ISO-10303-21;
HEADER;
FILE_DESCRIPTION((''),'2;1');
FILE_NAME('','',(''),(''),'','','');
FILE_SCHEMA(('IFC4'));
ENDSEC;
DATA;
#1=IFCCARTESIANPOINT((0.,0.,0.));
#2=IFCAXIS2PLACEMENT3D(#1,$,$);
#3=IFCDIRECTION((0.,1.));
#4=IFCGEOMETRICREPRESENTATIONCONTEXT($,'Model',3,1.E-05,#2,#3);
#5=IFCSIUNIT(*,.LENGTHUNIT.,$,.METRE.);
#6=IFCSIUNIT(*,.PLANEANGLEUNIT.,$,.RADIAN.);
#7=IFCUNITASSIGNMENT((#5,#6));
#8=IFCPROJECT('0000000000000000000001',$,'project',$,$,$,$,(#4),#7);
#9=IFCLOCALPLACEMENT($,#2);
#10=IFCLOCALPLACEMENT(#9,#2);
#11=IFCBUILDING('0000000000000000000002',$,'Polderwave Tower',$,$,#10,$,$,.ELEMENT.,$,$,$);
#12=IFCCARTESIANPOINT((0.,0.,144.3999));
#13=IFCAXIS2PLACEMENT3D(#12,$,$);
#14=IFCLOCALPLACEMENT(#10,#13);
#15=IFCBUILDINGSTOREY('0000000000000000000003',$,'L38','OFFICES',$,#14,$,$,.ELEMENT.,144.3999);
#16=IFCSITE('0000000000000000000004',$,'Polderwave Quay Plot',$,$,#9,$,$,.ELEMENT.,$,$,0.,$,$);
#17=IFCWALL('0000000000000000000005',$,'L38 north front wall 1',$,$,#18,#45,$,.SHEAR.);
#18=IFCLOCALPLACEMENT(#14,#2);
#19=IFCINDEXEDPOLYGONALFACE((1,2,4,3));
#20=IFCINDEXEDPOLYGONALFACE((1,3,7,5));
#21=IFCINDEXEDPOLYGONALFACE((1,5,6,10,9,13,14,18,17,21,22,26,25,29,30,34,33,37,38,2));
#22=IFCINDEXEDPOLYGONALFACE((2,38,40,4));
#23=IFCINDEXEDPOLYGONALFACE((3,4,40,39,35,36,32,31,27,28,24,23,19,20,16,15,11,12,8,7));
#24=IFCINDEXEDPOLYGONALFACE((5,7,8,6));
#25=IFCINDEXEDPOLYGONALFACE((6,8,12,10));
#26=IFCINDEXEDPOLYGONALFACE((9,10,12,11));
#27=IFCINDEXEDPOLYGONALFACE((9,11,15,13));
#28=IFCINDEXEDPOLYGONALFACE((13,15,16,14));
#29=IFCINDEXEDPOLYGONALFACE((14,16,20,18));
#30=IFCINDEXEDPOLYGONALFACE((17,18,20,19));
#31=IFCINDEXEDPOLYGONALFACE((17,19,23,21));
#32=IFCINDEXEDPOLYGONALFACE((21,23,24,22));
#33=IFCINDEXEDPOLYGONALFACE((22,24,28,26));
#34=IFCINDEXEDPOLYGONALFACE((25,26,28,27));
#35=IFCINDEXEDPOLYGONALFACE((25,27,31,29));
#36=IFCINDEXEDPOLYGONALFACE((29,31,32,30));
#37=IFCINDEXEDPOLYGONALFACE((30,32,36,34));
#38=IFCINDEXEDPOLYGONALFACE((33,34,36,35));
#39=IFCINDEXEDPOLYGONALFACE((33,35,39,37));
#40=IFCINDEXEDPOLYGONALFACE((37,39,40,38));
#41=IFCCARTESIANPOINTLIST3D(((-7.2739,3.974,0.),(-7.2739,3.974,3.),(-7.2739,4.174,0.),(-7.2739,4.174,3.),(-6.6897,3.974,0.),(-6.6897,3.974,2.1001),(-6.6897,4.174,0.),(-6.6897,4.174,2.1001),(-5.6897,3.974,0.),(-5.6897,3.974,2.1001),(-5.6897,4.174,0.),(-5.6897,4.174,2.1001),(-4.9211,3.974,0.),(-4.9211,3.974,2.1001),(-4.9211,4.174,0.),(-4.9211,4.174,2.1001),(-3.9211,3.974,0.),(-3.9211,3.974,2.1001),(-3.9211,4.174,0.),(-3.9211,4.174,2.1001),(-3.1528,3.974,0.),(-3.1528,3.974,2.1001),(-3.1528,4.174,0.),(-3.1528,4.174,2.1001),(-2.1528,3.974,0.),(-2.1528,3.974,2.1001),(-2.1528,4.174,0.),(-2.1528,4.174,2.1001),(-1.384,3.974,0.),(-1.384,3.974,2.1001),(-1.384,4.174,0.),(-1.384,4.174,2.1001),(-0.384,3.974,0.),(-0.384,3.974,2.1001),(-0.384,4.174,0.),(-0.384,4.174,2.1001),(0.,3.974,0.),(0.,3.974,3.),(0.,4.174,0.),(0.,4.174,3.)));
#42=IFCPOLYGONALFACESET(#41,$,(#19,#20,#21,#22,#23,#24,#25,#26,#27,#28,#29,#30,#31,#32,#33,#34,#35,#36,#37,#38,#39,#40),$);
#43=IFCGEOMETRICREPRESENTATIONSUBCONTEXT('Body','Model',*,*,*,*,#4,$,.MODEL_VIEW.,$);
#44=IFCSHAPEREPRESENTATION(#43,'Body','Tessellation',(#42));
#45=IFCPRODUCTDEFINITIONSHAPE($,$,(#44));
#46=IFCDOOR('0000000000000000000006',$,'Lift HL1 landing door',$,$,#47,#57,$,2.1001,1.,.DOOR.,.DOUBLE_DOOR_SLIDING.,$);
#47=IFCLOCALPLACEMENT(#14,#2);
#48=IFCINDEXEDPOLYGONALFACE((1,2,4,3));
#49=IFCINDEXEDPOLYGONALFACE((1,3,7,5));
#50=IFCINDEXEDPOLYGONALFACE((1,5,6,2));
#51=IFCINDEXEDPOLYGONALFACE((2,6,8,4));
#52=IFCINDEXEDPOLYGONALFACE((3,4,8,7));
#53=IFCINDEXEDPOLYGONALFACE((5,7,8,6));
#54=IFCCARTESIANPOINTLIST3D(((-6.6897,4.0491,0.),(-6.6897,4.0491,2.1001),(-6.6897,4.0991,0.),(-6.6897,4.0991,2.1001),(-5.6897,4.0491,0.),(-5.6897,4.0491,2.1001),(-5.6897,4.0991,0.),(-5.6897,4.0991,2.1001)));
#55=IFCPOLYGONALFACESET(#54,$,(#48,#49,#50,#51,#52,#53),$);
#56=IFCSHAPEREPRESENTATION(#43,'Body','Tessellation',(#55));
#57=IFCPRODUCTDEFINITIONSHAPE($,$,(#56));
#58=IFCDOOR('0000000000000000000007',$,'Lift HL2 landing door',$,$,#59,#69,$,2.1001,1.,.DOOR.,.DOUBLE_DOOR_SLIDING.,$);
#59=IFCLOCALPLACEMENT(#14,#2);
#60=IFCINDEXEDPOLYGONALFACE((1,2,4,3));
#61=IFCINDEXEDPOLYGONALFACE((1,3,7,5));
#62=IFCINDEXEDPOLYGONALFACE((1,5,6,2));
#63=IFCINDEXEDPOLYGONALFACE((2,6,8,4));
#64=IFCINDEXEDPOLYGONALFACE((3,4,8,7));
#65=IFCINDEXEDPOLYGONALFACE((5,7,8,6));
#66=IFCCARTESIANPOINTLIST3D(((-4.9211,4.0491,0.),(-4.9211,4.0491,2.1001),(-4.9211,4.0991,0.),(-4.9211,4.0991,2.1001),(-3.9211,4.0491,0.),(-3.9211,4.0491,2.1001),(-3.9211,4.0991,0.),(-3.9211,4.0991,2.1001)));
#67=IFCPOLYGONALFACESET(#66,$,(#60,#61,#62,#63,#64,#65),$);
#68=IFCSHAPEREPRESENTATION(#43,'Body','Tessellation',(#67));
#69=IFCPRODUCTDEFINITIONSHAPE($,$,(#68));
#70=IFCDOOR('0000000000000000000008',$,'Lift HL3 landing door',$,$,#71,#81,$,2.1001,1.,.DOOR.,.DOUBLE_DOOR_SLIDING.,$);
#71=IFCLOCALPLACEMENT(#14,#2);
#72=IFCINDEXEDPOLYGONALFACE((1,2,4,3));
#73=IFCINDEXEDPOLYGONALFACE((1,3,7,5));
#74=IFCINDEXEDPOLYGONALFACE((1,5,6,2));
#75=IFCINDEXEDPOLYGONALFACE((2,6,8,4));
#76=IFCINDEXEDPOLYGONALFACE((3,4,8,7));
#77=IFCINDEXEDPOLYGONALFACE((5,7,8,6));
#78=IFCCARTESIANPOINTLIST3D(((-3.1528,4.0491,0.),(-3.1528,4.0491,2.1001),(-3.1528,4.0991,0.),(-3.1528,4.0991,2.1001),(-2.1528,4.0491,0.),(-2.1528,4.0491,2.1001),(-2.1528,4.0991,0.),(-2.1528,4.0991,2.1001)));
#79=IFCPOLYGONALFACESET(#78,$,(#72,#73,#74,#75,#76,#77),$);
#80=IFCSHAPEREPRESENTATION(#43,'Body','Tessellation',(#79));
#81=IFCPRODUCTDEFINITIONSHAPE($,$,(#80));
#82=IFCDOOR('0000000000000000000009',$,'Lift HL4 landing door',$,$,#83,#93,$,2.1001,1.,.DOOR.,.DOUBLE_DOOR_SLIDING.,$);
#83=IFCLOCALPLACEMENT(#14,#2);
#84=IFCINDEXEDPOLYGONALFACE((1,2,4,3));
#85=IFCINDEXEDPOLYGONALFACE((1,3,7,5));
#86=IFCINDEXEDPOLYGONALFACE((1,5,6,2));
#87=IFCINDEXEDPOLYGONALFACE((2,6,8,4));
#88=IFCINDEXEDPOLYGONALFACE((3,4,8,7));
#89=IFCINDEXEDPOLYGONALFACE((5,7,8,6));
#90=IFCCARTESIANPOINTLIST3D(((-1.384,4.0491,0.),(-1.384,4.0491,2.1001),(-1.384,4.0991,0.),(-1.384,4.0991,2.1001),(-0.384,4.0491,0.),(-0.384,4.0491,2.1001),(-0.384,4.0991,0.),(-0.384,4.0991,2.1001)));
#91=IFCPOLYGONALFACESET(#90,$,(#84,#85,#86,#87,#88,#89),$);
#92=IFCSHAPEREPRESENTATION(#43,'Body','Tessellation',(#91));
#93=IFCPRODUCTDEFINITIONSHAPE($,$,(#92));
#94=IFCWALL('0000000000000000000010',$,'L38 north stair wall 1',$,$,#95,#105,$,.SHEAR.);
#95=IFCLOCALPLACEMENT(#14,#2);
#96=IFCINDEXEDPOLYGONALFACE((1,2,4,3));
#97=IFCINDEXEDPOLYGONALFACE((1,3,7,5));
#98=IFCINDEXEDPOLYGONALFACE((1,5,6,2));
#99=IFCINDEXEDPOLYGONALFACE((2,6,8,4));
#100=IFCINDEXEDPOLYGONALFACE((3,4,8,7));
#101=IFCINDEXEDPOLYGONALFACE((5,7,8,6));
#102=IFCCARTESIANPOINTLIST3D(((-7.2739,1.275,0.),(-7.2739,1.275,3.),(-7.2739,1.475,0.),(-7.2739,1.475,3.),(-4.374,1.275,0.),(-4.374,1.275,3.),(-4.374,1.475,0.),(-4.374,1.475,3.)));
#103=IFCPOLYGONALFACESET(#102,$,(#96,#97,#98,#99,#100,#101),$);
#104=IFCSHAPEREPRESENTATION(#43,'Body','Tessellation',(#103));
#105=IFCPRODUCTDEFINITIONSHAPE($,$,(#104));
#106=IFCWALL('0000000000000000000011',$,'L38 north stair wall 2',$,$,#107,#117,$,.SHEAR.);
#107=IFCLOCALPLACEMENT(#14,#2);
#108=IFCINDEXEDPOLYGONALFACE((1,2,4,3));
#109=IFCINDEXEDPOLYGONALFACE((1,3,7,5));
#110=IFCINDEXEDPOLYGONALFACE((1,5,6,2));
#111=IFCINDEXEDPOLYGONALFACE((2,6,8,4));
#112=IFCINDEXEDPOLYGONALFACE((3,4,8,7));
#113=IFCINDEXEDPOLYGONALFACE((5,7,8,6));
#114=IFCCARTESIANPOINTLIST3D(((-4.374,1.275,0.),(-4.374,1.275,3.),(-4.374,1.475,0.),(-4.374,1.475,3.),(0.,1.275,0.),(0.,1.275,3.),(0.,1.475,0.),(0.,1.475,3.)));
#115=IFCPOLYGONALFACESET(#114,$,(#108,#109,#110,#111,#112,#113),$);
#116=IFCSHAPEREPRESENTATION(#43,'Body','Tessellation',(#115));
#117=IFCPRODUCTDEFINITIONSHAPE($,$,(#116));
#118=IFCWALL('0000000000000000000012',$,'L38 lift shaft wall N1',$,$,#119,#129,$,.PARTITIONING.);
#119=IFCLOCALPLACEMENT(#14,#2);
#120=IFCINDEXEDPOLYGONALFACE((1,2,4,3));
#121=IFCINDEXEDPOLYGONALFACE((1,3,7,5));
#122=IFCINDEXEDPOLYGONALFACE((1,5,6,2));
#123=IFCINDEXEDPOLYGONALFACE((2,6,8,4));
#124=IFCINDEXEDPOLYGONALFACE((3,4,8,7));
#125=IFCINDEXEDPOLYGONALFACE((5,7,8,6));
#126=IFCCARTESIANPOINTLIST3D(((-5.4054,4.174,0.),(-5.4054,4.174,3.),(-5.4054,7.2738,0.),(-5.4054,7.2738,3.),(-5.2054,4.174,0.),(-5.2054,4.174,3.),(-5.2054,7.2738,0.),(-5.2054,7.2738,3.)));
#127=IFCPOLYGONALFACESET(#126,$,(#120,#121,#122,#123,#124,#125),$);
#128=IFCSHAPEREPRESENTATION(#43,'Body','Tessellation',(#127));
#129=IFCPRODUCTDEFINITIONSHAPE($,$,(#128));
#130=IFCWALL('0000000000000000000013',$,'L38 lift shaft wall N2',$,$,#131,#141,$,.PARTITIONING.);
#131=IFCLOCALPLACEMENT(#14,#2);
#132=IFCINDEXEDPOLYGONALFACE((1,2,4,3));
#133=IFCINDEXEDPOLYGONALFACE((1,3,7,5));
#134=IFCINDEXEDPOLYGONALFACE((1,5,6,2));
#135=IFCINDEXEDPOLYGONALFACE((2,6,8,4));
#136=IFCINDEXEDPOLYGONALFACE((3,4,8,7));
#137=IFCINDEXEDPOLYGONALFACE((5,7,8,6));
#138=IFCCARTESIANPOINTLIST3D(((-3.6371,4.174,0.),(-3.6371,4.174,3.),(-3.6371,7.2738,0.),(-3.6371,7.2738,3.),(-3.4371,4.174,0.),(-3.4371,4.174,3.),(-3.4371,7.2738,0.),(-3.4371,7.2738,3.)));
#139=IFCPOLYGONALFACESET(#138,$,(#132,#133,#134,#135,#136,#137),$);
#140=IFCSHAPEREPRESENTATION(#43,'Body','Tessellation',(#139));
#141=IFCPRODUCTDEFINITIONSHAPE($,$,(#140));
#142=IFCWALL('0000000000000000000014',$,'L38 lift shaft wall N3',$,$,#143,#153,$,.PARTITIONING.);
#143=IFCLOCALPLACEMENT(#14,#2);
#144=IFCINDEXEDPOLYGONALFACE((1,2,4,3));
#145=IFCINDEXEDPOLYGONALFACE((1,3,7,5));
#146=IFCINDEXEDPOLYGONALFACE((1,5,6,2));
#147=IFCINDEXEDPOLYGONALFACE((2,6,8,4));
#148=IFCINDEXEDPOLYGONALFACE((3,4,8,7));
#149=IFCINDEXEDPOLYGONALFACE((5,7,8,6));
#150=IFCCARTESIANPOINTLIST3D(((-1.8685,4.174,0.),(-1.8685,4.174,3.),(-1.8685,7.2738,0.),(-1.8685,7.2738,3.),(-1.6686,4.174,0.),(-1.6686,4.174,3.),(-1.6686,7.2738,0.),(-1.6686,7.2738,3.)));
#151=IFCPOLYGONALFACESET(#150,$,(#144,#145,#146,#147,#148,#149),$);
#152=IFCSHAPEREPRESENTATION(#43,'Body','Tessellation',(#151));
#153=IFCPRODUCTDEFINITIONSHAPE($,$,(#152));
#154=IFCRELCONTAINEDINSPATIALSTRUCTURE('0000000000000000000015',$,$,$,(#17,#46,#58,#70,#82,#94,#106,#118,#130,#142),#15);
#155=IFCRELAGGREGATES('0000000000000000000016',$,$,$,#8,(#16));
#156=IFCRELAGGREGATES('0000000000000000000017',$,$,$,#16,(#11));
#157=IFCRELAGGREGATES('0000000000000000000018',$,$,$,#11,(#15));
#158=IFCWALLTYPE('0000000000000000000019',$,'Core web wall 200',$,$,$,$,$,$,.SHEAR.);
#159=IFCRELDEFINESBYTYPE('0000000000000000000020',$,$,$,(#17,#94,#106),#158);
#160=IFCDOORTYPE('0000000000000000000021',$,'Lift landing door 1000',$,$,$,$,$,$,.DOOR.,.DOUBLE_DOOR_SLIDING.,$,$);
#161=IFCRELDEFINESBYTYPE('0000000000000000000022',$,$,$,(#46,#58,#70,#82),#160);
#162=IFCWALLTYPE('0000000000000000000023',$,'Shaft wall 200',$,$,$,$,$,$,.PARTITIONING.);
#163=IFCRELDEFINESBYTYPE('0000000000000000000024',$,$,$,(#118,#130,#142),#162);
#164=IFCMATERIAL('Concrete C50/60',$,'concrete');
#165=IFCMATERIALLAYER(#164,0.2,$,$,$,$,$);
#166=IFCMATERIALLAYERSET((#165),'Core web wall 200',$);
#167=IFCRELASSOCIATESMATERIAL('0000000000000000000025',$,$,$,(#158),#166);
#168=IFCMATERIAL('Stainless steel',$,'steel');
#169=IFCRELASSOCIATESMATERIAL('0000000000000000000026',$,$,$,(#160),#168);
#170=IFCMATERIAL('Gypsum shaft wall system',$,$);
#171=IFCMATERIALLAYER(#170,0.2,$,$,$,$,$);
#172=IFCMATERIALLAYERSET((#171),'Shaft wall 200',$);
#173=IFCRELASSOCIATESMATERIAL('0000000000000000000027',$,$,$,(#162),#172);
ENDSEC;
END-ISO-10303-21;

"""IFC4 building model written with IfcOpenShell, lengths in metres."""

from ifc_helpers import new_model, si_unit, direction, frame, frame_2d, origin, place, context, subcontext, project, spatial, rectangle, extrude, material, layer, layer_set, type_object, element, fill, save


model = new_model("IFC4")

# Units and contexts
model_context = context("Model", 3, precision=1e-05, world=origin(), true_north=direction((0.0, 1.0)))
body_context = subcontext(model_context, "Body", "Model", "MODEL_VIEW")
ifc_project = project(units=[si_unit("LENGTHUNIT", "METRE"), si_unit("PLANEANGLEUNIT", "RADIAN")], contexts=[model_context])

# Site, building, storey
site_placement = place(None, origin())
site = spatial("IfcSite", under=ifc_project, at=site_placement, Name="Polderwave Quay Plot", CompositionType="ELEMENT", RefElevation=0.0)
building_placement = place(site_placement, origin())
building = spatial("IfcBuilding", under=site, at=building_placement, Name="Polderwave Tower", CompositionType="ELEMENT")
storey_placement = place(building_placement, frame((0.0, 0.0, 144.3999)))
storey = spatial("IfcBuildingStorey", under=building, at=storey_placement, Name="L38", Description="OFFICES", CompositionType="ELEMENT", Elevation=144.3999)

# Wall, openings, doors
ifc_material_1 = material(Name="Concrete C50/60", Category="concrete")
ifc_layer_1 = layer(ifc_material_1, 0.2)
ifc_layer_set_1 = layer_set([ifc_layer_1], Name="Core web wall 200")
wall_type_1 = type_object("IfcWallType", Name="Core web wall 200", PredefinedType="SHEAR", material=ifc_layer_set_1)
wall_1_placement = place(storey_placement, frame((-7.2739, 4.074, 0.0), z_axis=(0.0, 0.0, 1.0), x_axis=(1.0, 0.0, 0.0)))
wall_1 = element("IfcWall", 1, at=wall_1_placement, inside=storey, type_object=wall_type_1, Name="L38 north front wall 1", PredefinedType="SHEAR", context=body_context, shape_type="SweptSolid", body=[
    extrude(rectangle(XDim=7.2739, YDim=0.2, at=frame_2d((3.637, 0.0))), origin(), (0.0, 0.0, 1.0), 3.0),
])
opening_1_placement = place(wall_1_placement, frame((0.5842, 0.0, 0.0)))
opening_1 = element("IfcOpeningElement", 2, at=opening_1_placement, cuts=wall_1, PredefinedType="OPENING", context=body_context, shape_type="SweptSolid", body=[
    extrude(rectangle(XDim=1.0, YDim=2.1001, at=frame_2d((0.5, 1.05))), frame((0.0, 0.1099, 0.0), z_axis=(0.0, -1.0, 0.0), x_axis=(1.0, 0.0, 0.0)), (0.0, 0.0, 1.0), 0.22),
])
opening_2_placement = place(wall_1_placement, frame((2.3528, 0.0, 0.0)))
opening_2 = element("IfcOpeningElement", 3, at=opening_2_placement, cuts=wall_1, PredefinedType="OPENING", context=body_context, shape_type="SweptSolid", body=[
    extrude(rectangle(XDim=1.0, YDim=2.1001, at=frame_2d((0.5, 1.05))), frame((0.0, 0.1099, 0.0), z_axis=(0.0, -1.0, 0.0), x_axis=(1.0, 0.0, 0.0)), (0.0, 0.0, 1.0), 0.22),
])
opening_3_placement = place(wall_1_placement, frame((4.1211, 0.0, 0.0)))
opening_3 = element("IfcOpeningElement", 4, at=opening_3_placement, cuts=wall_1, PredefinedType="OPENING", context=body_context, shape_type="SweptSolid", body=[
    extrude(rectangle(XDim=1.0, YDim=2.1001, at=frame_2d((0.5, 1.05))), frame((0.0, 0.1099, 0.0), z_axis=(0.0, -1.0, 0.0), x_axis=(1.0, 0.0, 0.0)), (0.0, 0.0, 1.0), 0.22),
])
opening_4_placement = place(wall_1_placement, frame((5.8899, 0.0, 0.0)))
opening_4 = element("IfcOpeningElement", 5, at=opening_4_placement, cuts=wall_1, PredefinedType="OPENING", context=body_context, shape_type="SweptSolid", body=[
    extrude(rectangle(XDim=1.0, YDim=2.1001, at=frame_2d((0.5, 1.05))), frame((0.0, 0.1099, 0.0), z_axis=(0.0, -1.0, 0.0), x_axis=(1.0, 0.0, 0.0)), (0.0, 0.0, 1.0), 0.22),
])
ifc_material_2 = material(Name="Stainless steel", Category="steel")
door_type = type_object("IfcDoorType", Name="Lift landing door 1000", OperationType="DOUBLE_DOOR_SLIDING", PredefinedType="DOOR", material=ifc_material_2)
door_1_placement = place(opening_1_placement, frame((1.0, 0.0, 0.0), z_axis=(0.0, 0.0, 1.0), x_axis=(-1.0, 0.0, 0.0)))
door_1 = element("IfcDoor", 6, at=door_1_placement, inside=storey, type_object=door_type, Name="Lift HL1 landing door", OperationType="DOUBLE_DOOR_SLIDING", OverallHeight=2.1001, OverallWidth=1.0, PredefinedType="DOOR", context=body_context, shape_type="SweptSolid", body=[
    extrude(rectangle(XDim=1.0, YDim=2.1001, at=frame_2d((0.5, 1.05))), frame((0.0, 0.0249, 0.0), z_axis=(0.0, -1.0, 0.0), x_axis=(1.0, 0.0, 0.0)), (0.0, 0.0, 1.0), 0.05),
])
fill(opening_1, door_1)
door_2_placement = place(opening_2_placement, frame((1.0, 0.0, 0.0), z_axis=(0.0, 0.0, 1.0), x_axis=(-1.0, 0.0, 0.0)))
door_2 = element("IfcDoor", 7, at=door_2_placement, inside=storey, type_object=door_type, Name="Lift HL2 landing door", OperationType="DOUBLE_DOOR_SLIDING", OverallHeight=2.1001, OverallWidth=1.0, PredefinedType="DOOR", context=body_context, shape_type="SweptSolid", body=[
    extrude(rectangle(XDim=1.0, YDim=2.1001, at=frame_2d((0.5, 1.05))), frame((0.0, 0.0249, 0.0), z_axis=(0.0, -1.0, 0.0), x_axis=(1.0, 0.0, 0.0)), (0.0, 0.0, 1.0), 0.05),
])
fill(opening_2, door_2)
door_3_placement = place(opening_3_placement, frame((1.0, 0.0, 0.0), z_axis=(0.0, 0.0, 1.0), x_axis=(-1.0, 0.0, 0.0)))
door_3 = element("IfcDoor", 8, at=door_3_placement, inside=storey, type_object=door_type, Name="Lift HL3 landing door", OperationType="DOUBLE_DOOR_SLIDING", OverallHeight=2.1001, OverallWidth=1.0, PredefinedType="DOOR", context=body_context, shape_type="SweptSolid", body=[
    extrude(rectangle(XDim=1.0, YDim=2.1001, at=frame_2d((0.5, 1.05))), frame((0.0, 0.0249, 0.0), z_axis=(0.0, -1.0, 0.0), x_axis=(1.0, 0.0, 0.0)), (0.0, 0.0, 1.0), 0.05),
])
fill(opening_3, door_3)
door_4_placement = place(opening_4_placement, frame((1.0, 0.0, 0.0), z_axis=(0.0, 0.0, 1.0), x_axis=(-1.0, 0.0, 0.0)))
door_4 = element("IfcDoor", 9, at=door_4_placement, inside=storey, type_object=door_type, Name="Lift HL4 landing door", OperationType="DOUBLE_DOOR_SLIDING", OverallHeight=2.1001, OverallWidth=1.0, PredefinedType="DOOR", context=body_context, shape_type="SweptSolid", body=[
    extrude(rectangle(XDim=1.0, YDim=2.1001, at=frame_2d((0.5, 1.05))), frame((0.0, 0.0249, 0.0), z_axis=(0.0, -1.0, 0.0), x_axis=(1.0, 0.0, 0.0)), (0.0, 0.0, 1.0), 0.05),
])
fill(opening_4, door_4)

# Walls
wall_2_placement = place(storey_placement, frame((-7.2739, 1.375, 0.0), z_axis=(0.0, 0.0, 1.0), x_axis=(1.0, 0.0, 0.0)))
element("IfcWall", 10, at=wall_2_placement, inside=storey, type_object=wall_type_1, Name="L38 north stair wall 1", PredefinedType="SHEAR", context=body_context, shape_type="SweptSolid", body=[
    extrude(rectangle(XDim=2.8999, YDim=0.2, at=frame_2d((1.45, 0.0))), origin(), (0.0, 0.0, 1.0), 3.0),
])
wall_3_placement = place(storey_placement, frame((-4.374, 1.375, 0.0), z_axis=(0.0, 0.0, 1.0), x_axis=(1.0, 0.0, 0.0)))
element("IfcWall", 11, at=wall_3_placement, inside=storey, type_object=wall_type_1, Name="L38 north stair wall 2", PredefinedType="SHEAR", context=body_context, shape_type="SweptSolid", body=[
    extrude(rectangle(XDim=4.374, YDim=0.2, at=frame_2d((2.187, 0.0))), origin(), (0.0, 0.0, 1.0), 3.0),
])
ifc_material_3 = material(Name="Gypsum shaft wall system")
ifc_layer_2 = layer(ifc_material_3, 0.2)
ifc_layer_set_2 = layer_set([ifc_layer_2], Name="Shaft wall 200")
wall_type_2 = type_object("IfcWallType", Name="Shaft wall 200", PredefinedType="PARTITIONING", material=ifc_layer_set_2)
for number, where, z_axis, x_axis, name in (
    (12, (-5.3054, 4.1741, 0.0), (0.0, 0.0, 1.0), (0.0, 1.0, 0.0), "L38 lift shaft wall N1"),
    (13, (-3.5371, 4.1741, 0.0), (0.0, 0.0, 1.0), (0.0, 1.0, 0.0), "L38 lift shaft wall N2"),
    (14, (-1.7686, 4.1741, 0.0), (0.0, 0.0, 1.0), (0.0, 1.0, 0.0), "L38 lift shaft wall N3"),
):
    element("IfcWall", number, at=place(storey_placement, frame(where, z_axis=z_axis, x_axis=x_axis)), inside=storey, type_object=wall_type_2, Name=name, PredefinedType="PARTITIONING", context=body_context, shape_type="SweptSolid", body=[
        extrude(rectangle(XDim=3.0999, YDim=0.2, at=frame_2d((1.5498, 0.0))), origin(), (0.0, 0.0, 1.0), 3.0),
    ])

save(model, "model.ifc")
